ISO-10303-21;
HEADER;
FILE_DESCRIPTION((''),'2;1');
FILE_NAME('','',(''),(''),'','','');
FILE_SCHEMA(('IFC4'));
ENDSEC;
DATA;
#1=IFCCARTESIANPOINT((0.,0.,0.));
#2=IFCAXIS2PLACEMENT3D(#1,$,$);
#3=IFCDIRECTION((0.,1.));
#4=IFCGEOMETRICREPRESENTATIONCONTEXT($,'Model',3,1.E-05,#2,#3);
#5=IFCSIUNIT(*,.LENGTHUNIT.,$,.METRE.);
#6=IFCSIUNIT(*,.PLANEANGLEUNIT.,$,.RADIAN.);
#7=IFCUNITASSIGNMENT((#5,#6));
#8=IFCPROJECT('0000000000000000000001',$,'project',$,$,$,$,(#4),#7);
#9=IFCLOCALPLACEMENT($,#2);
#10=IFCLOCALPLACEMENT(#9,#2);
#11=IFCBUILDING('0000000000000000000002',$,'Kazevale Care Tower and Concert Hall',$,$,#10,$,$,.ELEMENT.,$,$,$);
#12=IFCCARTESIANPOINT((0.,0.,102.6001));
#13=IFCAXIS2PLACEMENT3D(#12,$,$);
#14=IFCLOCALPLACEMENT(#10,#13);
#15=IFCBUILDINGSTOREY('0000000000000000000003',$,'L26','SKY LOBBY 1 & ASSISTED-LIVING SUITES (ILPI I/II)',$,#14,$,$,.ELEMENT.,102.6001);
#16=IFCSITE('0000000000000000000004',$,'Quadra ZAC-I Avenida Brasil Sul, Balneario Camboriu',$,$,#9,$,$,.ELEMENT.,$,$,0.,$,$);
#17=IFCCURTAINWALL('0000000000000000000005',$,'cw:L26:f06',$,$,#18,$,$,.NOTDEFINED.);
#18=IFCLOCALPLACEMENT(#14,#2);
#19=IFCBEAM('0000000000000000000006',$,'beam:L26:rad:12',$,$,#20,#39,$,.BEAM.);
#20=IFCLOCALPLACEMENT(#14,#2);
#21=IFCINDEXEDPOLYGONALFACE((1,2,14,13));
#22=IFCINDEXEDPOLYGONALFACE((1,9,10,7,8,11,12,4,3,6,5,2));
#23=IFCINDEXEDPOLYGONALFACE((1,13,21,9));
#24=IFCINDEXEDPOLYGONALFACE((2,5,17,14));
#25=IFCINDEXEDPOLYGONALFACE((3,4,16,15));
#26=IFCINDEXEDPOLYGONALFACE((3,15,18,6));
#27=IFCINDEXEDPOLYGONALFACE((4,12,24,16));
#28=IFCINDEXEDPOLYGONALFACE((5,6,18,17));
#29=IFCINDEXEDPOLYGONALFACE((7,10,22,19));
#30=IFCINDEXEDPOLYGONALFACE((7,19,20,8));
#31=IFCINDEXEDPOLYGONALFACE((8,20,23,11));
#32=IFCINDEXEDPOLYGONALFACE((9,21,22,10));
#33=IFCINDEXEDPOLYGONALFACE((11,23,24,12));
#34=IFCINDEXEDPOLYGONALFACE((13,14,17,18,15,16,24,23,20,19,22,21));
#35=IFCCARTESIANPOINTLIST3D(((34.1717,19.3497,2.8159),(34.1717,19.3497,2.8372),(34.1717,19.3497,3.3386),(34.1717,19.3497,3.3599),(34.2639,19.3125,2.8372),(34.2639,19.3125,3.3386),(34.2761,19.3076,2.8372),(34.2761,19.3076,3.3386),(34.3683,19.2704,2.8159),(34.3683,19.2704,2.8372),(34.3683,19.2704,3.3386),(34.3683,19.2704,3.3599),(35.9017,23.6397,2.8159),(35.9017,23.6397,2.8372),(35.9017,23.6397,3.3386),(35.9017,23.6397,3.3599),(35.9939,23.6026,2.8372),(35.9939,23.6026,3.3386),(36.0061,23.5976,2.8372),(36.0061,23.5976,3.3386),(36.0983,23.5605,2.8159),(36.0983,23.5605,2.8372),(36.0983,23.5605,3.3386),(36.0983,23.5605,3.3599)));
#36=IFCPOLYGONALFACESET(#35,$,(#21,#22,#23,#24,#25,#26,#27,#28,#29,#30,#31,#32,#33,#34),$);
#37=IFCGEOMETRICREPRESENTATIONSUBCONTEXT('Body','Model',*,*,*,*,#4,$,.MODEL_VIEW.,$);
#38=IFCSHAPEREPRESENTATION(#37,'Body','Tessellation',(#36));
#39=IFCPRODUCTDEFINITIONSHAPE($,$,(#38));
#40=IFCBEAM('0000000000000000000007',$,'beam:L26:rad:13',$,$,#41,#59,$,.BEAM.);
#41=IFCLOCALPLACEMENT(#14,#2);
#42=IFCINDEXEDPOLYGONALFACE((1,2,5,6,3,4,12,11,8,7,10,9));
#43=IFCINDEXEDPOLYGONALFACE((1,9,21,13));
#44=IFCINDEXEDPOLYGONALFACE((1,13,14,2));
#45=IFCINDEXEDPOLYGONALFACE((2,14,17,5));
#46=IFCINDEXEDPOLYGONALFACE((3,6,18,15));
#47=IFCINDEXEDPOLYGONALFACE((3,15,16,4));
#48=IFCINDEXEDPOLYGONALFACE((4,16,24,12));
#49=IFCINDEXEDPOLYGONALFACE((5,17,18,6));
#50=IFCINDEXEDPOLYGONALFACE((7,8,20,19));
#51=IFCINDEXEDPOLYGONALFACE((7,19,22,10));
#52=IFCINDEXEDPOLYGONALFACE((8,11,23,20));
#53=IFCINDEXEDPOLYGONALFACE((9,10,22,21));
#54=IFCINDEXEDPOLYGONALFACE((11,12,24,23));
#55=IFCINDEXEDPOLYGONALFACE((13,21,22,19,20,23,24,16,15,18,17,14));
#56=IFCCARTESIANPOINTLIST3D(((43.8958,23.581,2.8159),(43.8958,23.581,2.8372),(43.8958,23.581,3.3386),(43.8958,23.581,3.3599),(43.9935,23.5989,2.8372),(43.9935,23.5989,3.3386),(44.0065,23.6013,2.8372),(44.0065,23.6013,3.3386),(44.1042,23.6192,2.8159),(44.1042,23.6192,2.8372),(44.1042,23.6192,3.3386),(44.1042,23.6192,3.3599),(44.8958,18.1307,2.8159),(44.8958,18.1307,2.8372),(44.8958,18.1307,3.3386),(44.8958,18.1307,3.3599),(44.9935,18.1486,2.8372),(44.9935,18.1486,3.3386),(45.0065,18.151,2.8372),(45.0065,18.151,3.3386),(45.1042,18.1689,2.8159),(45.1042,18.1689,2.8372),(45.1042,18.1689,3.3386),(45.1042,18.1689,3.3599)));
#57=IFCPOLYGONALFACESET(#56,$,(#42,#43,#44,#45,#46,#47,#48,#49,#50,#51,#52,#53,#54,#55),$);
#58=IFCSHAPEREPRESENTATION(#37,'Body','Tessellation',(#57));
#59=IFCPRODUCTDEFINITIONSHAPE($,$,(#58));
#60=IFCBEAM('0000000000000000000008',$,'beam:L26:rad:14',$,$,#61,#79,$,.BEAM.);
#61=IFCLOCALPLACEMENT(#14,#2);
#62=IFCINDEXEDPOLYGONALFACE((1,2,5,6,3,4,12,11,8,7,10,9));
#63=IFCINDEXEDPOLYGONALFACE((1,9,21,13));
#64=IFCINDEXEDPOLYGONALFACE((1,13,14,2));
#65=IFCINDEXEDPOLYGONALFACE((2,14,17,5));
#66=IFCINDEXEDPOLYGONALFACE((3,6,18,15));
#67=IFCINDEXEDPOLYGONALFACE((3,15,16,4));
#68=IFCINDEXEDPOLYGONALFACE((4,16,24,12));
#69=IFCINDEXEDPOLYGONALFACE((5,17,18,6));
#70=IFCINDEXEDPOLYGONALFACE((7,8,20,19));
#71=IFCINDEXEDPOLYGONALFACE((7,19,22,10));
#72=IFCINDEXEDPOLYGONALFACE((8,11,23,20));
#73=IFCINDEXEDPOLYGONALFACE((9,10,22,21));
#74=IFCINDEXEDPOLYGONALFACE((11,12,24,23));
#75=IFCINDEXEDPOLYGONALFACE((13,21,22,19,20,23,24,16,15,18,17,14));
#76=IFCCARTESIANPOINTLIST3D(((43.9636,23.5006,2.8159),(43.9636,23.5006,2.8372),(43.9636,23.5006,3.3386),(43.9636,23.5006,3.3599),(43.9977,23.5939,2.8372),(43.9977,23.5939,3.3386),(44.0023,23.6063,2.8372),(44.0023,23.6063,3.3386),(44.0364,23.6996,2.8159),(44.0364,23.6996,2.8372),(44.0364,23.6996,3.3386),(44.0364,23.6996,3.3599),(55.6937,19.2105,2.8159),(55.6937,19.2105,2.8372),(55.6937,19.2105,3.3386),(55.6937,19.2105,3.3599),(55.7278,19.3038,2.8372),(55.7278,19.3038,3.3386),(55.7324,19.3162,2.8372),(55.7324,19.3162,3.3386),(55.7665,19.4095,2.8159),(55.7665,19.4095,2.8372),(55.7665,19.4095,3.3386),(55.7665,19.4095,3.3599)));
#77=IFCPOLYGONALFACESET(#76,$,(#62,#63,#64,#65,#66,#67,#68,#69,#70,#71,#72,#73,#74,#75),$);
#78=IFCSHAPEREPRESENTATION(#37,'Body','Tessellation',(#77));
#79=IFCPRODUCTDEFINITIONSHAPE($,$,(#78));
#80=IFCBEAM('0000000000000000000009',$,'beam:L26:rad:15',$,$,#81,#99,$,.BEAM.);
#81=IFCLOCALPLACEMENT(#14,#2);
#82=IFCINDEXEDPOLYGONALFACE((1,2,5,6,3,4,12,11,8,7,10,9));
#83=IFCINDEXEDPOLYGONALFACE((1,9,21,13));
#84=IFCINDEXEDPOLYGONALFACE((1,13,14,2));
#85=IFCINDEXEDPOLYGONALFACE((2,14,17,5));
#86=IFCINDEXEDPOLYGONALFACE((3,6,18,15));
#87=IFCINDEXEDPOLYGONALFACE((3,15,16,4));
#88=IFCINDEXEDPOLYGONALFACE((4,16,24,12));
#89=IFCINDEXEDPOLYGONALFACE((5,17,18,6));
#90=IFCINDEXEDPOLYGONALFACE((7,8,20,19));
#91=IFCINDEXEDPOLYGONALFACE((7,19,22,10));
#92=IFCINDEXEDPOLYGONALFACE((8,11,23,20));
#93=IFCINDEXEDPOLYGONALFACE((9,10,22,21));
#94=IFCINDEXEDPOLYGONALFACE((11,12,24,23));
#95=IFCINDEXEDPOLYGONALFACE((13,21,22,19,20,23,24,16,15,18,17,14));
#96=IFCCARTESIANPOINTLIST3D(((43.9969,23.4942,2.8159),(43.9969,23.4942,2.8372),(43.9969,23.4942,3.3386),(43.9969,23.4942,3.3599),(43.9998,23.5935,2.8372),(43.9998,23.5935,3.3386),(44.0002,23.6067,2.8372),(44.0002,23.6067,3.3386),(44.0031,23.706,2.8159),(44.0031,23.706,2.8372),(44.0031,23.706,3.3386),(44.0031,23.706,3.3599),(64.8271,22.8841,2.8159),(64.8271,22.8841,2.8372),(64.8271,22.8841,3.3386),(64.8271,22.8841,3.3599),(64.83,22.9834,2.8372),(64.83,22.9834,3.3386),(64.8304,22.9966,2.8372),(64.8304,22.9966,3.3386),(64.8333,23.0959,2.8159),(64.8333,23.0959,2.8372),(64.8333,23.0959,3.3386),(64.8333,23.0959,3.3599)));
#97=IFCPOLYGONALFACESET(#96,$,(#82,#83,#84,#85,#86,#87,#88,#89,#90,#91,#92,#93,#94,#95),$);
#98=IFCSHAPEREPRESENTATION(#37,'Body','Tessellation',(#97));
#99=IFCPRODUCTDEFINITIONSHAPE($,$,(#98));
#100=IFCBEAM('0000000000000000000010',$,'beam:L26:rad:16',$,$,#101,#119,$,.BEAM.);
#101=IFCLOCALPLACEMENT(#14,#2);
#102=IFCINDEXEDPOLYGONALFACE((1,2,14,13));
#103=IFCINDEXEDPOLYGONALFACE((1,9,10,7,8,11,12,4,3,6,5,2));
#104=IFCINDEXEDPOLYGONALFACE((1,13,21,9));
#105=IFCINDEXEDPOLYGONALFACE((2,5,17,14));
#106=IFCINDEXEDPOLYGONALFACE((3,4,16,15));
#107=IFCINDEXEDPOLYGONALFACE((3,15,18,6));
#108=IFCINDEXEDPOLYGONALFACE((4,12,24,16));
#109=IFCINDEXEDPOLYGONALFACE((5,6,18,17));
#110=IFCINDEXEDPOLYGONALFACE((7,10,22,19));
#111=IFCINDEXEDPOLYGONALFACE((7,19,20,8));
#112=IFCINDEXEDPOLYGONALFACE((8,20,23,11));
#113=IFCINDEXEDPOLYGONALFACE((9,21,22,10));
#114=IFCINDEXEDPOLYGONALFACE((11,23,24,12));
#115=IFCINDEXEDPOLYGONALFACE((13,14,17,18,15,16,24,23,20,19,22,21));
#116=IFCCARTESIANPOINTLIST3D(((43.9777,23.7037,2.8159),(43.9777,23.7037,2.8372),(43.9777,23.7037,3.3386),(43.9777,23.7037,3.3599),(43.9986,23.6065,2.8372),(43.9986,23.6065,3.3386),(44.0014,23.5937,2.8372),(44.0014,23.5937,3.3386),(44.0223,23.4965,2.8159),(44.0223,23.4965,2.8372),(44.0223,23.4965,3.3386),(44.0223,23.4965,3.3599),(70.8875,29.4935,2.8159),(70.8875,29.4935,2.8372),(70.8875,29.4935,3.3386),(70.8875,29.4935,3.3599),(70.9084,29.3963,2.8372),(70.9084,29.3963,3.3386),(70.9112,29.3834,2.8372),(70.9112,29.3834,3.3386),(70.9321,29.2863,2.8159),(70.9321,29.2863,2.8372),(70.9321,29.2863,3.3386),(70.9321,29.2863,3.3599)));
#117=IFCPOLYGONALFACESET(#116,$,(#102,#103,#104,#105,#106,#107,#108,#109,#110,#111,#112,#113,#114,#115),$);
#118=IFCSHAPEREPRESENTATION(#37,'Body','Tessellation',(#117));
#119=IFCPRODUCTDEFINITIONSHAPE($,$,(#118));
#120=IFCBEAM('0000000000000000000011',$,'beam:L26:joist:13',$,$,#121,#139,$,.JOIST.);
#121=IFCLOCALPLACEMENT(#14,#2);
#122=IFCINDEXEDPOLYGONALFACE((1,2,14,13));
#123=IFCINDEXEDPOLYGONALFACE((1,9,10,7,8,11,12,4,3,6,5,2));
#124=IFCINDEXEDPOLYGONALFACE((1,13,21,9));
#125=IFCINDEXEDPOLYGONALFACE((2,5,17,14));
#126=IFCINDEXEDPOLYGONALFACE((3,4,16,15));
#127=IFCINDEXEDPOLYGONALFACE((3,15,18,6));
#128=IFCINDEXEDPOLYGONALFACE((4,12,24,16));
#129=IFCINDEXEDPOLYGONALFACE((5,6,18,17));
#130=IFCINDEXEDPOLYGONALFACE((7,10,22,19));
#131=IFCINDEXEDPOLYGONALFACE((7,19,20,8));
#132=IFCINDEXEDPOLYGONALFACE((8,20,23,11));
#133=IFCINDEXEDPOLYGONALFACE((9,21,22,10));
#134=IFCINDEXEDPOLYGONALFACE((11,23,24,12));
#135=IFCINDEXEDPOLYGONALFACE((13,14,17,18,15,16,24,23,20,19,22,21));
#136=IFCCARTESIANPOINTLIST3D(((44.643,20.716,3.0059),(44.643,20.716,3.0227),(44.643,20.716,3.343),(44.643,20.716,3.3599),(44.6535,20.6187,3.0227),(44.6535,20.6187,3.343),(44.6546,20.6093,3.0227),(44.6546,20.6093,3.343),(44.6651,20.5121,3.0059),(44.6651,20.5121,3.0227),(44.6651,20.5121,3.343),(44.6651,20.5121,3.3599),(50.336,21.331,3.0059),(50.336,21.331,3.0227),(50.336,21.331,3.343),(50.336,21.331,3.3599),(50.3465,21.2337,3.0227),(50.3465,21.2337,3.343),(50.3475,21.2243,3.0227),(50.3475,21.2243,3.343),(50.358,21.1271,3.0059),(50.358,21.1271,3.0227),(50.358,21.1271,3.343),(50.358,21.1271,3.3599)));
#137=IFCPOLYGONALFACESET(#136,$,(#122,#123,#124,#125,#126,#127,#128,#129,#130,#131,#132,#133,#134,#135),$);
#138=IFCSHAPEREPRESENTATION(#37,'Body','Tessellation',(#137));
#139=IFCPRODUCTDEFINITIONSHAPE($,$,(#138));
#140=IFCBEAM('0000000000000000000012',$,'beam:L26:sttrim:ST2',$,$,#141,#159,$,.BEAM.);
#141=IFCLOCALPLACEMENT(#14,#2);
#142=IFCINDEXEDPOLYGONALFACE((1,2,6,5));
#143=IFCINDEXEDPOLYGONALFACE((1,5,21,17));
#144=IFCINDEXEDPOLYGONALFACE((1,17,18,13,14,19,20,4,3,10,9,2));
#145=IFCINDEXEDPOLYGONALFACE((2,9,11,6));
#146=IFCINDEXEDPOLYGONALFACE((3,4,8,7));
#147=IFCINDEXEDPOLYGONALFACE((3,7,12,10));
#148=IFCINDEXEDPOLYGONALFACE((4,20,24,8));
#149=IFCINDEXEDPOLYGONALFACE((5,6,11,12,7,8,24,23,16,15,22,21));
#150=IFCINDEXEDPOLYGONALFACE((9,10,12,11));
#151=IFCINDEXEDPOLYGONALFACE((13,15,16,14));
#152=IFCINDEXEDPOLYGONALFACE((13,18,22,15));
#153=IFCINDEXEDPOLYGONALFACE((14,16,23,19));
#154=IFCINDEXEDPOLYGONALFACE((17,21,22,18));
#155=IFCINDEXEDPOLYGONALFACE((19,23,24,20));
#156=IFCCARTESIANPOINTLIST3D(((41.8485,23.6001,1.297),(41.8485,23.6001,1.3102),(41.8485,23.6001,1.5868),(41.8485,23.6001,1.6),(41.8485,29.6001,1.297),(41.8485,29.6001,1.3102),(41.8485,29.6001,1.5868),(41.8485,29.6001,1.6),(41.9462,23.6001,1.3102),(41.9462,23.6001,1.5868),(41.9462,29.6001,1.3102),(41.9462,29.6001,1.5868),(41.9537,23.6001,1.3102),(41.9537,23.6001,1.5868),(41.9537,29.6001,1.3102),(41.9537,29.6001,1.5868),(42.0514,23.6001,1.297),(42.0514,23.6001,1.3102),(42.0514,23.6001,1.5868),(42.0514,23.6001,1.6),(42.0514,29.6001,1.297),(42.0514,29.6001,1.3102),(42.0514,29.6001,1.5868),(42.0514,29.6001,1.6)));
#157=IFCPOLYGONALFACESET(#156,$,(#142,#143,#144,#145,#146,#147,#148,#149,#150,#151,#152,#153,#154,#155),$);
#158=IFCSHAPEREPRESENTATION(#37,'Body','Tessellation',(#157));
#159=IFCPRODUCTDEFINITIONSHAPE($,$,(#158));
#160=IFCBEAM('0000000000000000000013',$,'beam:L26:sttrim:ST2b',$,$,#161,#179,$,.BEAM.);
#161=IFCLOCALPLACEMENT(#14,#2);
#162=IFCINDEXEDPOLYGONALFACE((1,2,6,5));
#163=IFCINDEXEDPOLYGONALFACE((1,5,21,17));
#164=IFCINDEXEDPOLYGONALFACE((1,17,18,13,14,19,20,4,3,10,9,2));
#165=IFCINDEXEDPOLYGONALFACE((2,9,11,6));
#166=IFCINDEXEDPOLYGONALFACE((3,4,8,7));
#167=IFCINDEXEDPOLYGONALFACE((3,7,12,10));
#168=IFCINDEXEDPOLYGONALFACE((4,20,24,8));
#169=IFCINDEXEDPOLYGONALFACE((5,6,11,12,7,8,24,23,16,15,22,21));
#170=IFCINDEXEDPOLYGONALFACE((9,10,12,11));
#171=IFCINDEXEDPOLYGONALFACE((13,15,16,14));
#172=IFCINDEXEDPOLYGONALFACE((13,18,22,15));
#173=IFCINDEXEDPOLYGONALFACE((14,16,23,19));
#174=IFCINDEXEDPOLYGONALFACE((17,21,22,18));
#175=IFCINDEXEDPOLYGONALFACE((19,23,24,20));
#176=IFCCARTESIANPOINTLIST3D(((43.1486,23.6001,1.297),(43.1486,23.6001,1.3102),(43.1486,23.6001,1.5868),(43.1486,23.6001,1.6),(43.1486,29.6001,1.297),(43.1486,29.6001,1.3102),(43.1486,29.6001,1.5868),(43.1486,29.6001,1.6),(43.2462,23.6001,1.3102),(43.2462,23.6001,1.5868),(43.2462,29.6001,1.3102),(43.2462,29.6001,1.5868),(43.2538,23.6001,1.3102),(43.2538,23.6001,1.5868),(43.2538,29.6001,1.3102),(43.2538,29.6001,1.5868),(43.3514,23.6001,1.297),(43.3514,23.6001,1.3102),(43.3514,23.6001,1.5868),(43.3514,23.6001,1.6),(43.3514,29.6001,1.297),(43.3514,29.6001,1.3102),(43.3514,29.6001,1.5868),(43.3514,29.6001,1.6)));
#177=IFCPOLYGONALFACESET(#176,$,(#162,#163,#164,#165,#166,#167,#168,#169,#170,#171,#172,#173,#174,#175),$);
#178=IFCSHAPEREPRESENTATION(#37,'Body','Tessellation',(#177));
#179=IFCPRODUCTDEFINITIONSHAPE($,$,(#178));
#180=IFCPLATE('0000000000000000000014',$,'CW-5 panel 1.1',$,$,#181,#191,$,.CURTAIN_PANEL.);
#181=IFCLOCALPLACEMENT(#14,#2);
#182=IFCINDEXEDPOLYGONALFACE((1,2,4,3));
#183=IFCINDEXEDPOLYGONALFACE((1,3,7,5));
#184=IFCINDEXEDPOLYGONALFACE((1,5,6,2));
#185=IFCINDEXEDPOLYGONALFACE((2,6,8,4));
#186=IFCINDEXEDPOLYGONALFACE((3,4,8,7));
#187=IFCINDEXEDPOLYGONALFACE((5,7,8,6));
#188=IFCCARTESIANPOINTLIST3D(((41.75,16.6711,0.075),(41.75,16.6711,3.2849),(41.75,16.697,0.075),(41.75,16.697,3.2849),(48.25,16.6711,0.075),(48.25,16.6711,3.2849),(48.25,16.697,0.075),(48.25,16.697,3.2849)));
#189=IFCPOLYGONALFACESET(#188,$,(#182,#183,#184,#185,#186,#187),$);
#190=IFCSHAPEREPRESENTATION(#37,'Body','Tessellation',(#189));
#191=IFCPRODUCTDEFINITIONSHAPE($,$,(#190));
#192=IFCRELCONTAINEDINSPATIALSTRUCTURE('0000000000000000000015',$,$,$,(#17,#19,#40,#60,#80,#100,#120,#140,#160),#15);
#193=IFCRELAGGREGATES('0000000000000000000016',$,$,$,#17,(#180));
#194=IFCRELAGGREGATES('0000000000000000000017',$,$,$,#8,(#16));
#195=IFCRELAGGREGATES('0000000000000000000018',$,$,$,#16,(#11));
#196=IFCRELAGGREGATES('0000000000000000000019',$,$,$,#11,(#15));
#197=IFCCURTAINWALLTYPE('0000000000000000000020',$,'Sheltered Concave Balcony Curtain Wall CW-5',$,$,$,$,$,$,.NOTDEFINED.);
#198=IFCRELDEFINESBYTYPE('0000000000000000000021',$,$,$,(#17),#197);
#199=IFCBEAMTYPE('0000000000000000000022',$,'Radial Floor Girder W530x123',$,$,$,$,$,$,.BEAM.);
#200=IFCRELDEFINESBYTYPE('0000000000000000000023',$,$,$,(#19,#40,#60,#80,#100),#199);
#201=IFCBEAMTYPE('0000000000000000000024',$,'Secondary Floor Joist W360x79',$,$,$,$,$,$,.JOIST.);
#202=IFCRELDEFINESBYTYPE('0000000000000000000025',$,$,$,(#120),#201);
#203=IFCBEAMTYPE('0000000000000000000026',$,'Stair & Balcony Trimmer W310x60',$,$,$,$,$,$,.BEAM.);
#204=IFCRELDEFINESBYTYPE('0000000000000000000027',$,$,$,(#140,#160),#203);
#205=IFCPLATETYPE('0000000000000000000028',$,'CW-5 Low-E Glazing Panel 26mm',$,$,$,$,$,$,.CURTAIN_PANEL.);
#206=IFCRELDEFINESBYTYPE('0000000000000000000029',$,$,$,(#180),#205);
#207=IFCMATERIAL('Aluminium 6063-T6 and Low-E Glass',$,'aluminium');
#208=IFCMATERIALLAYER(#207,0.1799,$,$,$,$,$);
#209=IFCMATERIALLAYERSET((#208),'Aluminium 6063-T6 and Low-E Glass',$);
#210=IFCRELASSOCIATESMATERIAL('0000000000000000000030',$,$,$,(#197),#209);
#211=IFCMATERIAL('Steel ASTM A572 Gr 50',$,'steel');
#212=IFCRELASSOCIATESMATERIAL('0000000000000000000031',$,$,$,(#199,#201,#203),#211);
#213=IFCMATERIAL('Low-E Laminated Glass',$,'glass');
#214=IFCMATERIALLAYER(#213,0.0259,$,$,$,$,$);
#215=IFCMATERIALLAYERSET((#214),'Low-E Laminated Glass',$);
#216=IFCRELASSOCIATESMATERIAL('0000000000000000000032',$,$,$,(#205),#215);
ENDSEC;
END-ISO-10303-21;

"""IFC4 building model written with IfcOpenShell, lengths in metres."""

from ifc_helpers import new_model, si_unit, direction, frame, origin, origin_2d, place, context, subcontext, project, spatial, rectangle, i_section, extrude, material, layer, layer_set, material_profile, profile_set, type_object, element, aggregate, save


model = new_model("IFC4")

# Units and contexts
model_context = context("Model", 3, precision=1e-05, world=origin(), true_north=direction((0.0, 1.0)))
body_context = subcontext(model_context, "Body", "Model", "MODEL_VIEW")
ifc_project = project(units=[si_unit("LENGTHUNIT", "METRE"), si_unit("PLANEANGLEUNIT", "RADIAN")], contexts=[model_context])

# Site, building, storey
site_placement = place(None, origin())
site = spatial("IfcSite", under=ifc_project, at=site_placement, Name="Quadra ZAC-I Avenida Brasil Sul, Balneario Camboriu", CompositionType="ELEMENT", RefElevation=0.0)
building_placement = place(site_placement, origin())
building = spatial("IfcBuilding", under=site, at=building_placement, Name="Kazevale Care Tower and Concert Hall", CompositionType="ELEMENT")
storey_placement = place(building_placement, frame((0.0, 0.0, 102.6001)))
storey = spatial("IfcBuildingStorey", under=building, at=storey_placement, Name="L26", Description="SKY LOBBY 1 & ASSISTED-LIVING SUITES (ILPI I/II)", CompositionType="ELEMENT", Elevation=102.6001)

# Curtain wall
ifc_material_1 = material(Name="Aluminium 6063-T6 and Low-E Glass", Category="aluminium")
ifc_layer_1 = layer(ifc_material_1, 0.1799)
ifc_layer_set_1 = layer_set([ifc_layer_1], Name="Aluminium 6063-T6 and Low-E Glass")
curtain_wall_type = type_object("IfcCurtainWallType", Name="Sheltered Concave Balcony Curtain Wall CW-5", PredefinedType="NOTDEFINED", material=ifc_layer_set_1)
curtain_wall_1_placement = place(storey_placement, origin())
curtain_wall_1 = element("IfcCurtainWall", 1, at=curtain_wall_1_placement, inside=storey, type_object=curtain_wall_type, Name="cw:L26:f06", PredefinedType="NOTDEFINED")

# Beams
ifc_material_2 = material(Name="Steel ASTM A572 Gr 50", Category="steel")
ifc_material_profile_1 = material_profile(ifc_material_2, i_section(OverallWidth=0.2119, OverallDepth=0.5439, WebThickness=0.0132, FlangeThickness=0.0212, at=origin_2d()), Name="W530x123")
ifc_profile_set_1 = profile_set([ifc_material_profile_1], Name="Steel ASTM A572 Gr 50")
beam_type_1 = type_object("IfcBeamType", Name="Radial Floor Girder W530x123", PredefinedType="BEAM", material=ifc_profile_set_1)
beam_1_placement = place(storey_placement, frame((36.0, 23.6001, 3.0879), z_axis=(-0.373992, -0.927432, 0.0), x_axis=(0.927432, -0.373992, 0.0)))
element("IfcBeam", 2, at=beam_1_placement, inside=storey, type_object=beam_type_1, Name="beam:L26:rad:12", PredefinedType="BEAM", context=body_context, shape_type="SweptSolid", body=[
    extrude(i_section(OverallWidth=0.2119, OverallDepth=0.5439, WebThickness=0.0132, FlangeThickness=0.0212, at=origin_2d()), origin(), (0.0, 0.0, 1.0), 4.6257),
])
beam_2_placement = place(storey_placement, frame((44.0, 23.6001, 3.0879), z_axis=(0.180467, -0.983581, 0.0), x_axis=(0.983581, 0.180467, 0.0)))
element("IfcBeam", 3, at=beam_2_placement, inside=storey, type_object=beam_type_1, Name="beam:L26:rad:13", PredefinedType="BEAM", context=body_context, shape_type="SweptSolid", body=[
    extrude(i_section(OverallWidth=0.2119, OverallDepth=0.5439, WebThickness=0.0132, FlangeThickness=0.0212, at=origin_2d()), origin(), (0.0, 0.0, 1.0), 5.5413),
])
beam_3_placement = place(storey_placement, frame((44.0, 23.6001, 3.0879), z_axis=(0.939159, -0.343481, 0.0), x_axis=(0.343481, 0.939159, 0.0)))
element("IfcBeam", 4, at=beam_3_placement, inside=storey, type_object=beam_type_1, Name="beam:L26:rad:14", PredefinedType="BEAM", context=body_context, shape_type="SweptSolid", body=[
    extrude(i_section(OverallWidth=0.2119, OverallDepth=0.5439, WebThickness=0.0132, FlangeThickness=0.0212, at=origin_2d()), origin(), (0.0, 0.0, 1.0), 12.49),
])
beam_4_placement = place(storey_placement, frame((44.0, 23.6001, 3.0879), z_axis=(0.999571, -0.029277, 0.0), x_axis=(0.029277, 0.999571, 0.0)))
element("IfcBeam", 5, at=beam_4_placement, inside=storey, type_object=beam_type_1, Name="beam:L26:rad:15", PredefinedType="BEAM", context=body_context, shape_type="SweptSolid", body=[
    extrude(i_section(OverallWidth=0.2119, OverallDepth=0.5439, WebThickness=0.0132, FlangeThickness=0.0212, at=origin_2d()), origin(), (0.0, 0.0, 1.0), 20.8391),
])
beam_5_placement = place(storey_placement, frame((44.0, 23.6001, 3.0879), z_axis=(0.977628, 0.210341, 0.0), x_axis=(-0.210341, 0.977628, 0.0)))
element("IfcBeam", 6, at=beam_5_placement, inside=storey, type_object=beam_type_1, Name="beam:L26:rad:16", PredefinedType="BEAM", context=body_context, shape_type="SweptSolid", body=[
    extrude(i_section(OverallWidth=0.2119, OverallDepth=0.5439, WebThickness=0.0132, FlangeThickness=0.0212, at=origin_2d()), origin(), (0.0, 0.0, 1.0), 27.5256),
])
ifc_material_profile_2 = material_profile(ifc_material_2, i_section(OverallWidth=0.2051, OverallDepth=0.354, WebThickness=0.0095, FlangeThickness=0.0168, at=origin_2d()), Name="W360x79")
ifc_profile_set_2 = profile_set([ifc_material_profile_2], Name="Steel ASTM A572 Gr 50")
beam_type_2 = type_object("IfcBeamType", Name="Secondary Floor Joist W360x79", PredefinedType="JOIST", material=ifc_profile_set_2)
beam_6_placement = place(storey_placement, frame((44.6541, 20.614, 3.1829), z_axis=(0.994216, 0.107403, 0.0), x_axis=(-0.107403, 0.994216, 0.0)))
element("IfcBeam", 7, at=beam_6_placement, inside=storey, type_object=beam_type_2, Name="beam:L26:joist:13", PredefinedType="JOIST", context=body_context, shape_type="SweptSolid", body=[
    extrude(i_section(OverallWidth=0.2051, OverallDepth=0.354, WebThickness=0.0095, FlangeThickness=0.0168, at=origin_2d()), origin(), (0.0, 0.0, 1.0), 5.7261),
])
ifc_material_profile_3 = material_profile(ifc_material_2, i_section(OverallWidth=0.2029, OverallDepth=0.303, WebThickness=0.0076, FlangeThickness=0.0132, at=origin_2d()), Name="W310x60")
ifc_profile_set_3 = profile_set([ifc_material_profile_3], Name="Steel ASTM A572 Gr 50")
beam_type_3 = type_object("IfcBeamType", Name="Stair & Balcony Trimmer W310x60", PredefinedType="BEAM", material=ifc_profile_set_3)
for number, where, z_axis, x_axis, name in (
    (8, (41.95, 23.6001, 1.4485), (0.0, 1.0, 0.0), (-1.0, 0.0, 0.0), "beam:L26:sttrim:ST2"),
    (9, (43.25, 23.6001, 1.4485), (0.0, 1.0, 0.0), (-1.0, 0.0, 0.0), "beam:L26:sttrim:ST2b"),
):
    element("IfcBeam", number, at=place(storey_placement, frame(where, z_axis=z_axis, x_axis=x_axis)), inside=storey, type_object=beam_type_3, Name=name, PredefinedType="BEAM", context=body_context, shape_type="SweptSolid", body=[
        extrude(i_section(OverallWidth=0.2029, OverallDepth=0.303, WebThickness=0.0076, FlangeThickness=0.0132, at=origin_2d()), origin(), (0.0, 0.0, 1.0), 6.0),
    ])

# Plate
ifc_material_3 = material(Name="Low-E Laminated Glass", Category="glass")
ifc_layer_2 = layer(ifc_material_3, 0.0259)
ifc_layer_set_2 = layer_set([ifc_layer_2], Name="Low-E Laminated Glass")
plate_type = type_object("IfcPlateType", Name="CW-5 Low-E Glazing Panel 26mm", PredefinedType="CURTAIN_PANEL", material=ifc_layer_set_2)
plate_1_placement = place(storey_placement, frame((45.0, 16.6841, 0.075), z_axis=(0.0, 0.0, 1.0), x_axis=(-1.0, 0.0, 0.0)))
plate_1 = element("IfcPlate", 10, at=plate_1_placement, type_object=plate_type, Name="CW-5 panel 1.1", PredefinedType="CURTAIN_PANEL", context=body_context, shape_type="SweptSolid", body=[
    extrude(rectangle(XDim=6.5, YDim=0.0259, at=origin_2d()), origin(), (0.0, 0.0, 1.0), 3.21),
])
aggregate(curtain_wall_1, [plate_1])

save(model, "model.ifc")
